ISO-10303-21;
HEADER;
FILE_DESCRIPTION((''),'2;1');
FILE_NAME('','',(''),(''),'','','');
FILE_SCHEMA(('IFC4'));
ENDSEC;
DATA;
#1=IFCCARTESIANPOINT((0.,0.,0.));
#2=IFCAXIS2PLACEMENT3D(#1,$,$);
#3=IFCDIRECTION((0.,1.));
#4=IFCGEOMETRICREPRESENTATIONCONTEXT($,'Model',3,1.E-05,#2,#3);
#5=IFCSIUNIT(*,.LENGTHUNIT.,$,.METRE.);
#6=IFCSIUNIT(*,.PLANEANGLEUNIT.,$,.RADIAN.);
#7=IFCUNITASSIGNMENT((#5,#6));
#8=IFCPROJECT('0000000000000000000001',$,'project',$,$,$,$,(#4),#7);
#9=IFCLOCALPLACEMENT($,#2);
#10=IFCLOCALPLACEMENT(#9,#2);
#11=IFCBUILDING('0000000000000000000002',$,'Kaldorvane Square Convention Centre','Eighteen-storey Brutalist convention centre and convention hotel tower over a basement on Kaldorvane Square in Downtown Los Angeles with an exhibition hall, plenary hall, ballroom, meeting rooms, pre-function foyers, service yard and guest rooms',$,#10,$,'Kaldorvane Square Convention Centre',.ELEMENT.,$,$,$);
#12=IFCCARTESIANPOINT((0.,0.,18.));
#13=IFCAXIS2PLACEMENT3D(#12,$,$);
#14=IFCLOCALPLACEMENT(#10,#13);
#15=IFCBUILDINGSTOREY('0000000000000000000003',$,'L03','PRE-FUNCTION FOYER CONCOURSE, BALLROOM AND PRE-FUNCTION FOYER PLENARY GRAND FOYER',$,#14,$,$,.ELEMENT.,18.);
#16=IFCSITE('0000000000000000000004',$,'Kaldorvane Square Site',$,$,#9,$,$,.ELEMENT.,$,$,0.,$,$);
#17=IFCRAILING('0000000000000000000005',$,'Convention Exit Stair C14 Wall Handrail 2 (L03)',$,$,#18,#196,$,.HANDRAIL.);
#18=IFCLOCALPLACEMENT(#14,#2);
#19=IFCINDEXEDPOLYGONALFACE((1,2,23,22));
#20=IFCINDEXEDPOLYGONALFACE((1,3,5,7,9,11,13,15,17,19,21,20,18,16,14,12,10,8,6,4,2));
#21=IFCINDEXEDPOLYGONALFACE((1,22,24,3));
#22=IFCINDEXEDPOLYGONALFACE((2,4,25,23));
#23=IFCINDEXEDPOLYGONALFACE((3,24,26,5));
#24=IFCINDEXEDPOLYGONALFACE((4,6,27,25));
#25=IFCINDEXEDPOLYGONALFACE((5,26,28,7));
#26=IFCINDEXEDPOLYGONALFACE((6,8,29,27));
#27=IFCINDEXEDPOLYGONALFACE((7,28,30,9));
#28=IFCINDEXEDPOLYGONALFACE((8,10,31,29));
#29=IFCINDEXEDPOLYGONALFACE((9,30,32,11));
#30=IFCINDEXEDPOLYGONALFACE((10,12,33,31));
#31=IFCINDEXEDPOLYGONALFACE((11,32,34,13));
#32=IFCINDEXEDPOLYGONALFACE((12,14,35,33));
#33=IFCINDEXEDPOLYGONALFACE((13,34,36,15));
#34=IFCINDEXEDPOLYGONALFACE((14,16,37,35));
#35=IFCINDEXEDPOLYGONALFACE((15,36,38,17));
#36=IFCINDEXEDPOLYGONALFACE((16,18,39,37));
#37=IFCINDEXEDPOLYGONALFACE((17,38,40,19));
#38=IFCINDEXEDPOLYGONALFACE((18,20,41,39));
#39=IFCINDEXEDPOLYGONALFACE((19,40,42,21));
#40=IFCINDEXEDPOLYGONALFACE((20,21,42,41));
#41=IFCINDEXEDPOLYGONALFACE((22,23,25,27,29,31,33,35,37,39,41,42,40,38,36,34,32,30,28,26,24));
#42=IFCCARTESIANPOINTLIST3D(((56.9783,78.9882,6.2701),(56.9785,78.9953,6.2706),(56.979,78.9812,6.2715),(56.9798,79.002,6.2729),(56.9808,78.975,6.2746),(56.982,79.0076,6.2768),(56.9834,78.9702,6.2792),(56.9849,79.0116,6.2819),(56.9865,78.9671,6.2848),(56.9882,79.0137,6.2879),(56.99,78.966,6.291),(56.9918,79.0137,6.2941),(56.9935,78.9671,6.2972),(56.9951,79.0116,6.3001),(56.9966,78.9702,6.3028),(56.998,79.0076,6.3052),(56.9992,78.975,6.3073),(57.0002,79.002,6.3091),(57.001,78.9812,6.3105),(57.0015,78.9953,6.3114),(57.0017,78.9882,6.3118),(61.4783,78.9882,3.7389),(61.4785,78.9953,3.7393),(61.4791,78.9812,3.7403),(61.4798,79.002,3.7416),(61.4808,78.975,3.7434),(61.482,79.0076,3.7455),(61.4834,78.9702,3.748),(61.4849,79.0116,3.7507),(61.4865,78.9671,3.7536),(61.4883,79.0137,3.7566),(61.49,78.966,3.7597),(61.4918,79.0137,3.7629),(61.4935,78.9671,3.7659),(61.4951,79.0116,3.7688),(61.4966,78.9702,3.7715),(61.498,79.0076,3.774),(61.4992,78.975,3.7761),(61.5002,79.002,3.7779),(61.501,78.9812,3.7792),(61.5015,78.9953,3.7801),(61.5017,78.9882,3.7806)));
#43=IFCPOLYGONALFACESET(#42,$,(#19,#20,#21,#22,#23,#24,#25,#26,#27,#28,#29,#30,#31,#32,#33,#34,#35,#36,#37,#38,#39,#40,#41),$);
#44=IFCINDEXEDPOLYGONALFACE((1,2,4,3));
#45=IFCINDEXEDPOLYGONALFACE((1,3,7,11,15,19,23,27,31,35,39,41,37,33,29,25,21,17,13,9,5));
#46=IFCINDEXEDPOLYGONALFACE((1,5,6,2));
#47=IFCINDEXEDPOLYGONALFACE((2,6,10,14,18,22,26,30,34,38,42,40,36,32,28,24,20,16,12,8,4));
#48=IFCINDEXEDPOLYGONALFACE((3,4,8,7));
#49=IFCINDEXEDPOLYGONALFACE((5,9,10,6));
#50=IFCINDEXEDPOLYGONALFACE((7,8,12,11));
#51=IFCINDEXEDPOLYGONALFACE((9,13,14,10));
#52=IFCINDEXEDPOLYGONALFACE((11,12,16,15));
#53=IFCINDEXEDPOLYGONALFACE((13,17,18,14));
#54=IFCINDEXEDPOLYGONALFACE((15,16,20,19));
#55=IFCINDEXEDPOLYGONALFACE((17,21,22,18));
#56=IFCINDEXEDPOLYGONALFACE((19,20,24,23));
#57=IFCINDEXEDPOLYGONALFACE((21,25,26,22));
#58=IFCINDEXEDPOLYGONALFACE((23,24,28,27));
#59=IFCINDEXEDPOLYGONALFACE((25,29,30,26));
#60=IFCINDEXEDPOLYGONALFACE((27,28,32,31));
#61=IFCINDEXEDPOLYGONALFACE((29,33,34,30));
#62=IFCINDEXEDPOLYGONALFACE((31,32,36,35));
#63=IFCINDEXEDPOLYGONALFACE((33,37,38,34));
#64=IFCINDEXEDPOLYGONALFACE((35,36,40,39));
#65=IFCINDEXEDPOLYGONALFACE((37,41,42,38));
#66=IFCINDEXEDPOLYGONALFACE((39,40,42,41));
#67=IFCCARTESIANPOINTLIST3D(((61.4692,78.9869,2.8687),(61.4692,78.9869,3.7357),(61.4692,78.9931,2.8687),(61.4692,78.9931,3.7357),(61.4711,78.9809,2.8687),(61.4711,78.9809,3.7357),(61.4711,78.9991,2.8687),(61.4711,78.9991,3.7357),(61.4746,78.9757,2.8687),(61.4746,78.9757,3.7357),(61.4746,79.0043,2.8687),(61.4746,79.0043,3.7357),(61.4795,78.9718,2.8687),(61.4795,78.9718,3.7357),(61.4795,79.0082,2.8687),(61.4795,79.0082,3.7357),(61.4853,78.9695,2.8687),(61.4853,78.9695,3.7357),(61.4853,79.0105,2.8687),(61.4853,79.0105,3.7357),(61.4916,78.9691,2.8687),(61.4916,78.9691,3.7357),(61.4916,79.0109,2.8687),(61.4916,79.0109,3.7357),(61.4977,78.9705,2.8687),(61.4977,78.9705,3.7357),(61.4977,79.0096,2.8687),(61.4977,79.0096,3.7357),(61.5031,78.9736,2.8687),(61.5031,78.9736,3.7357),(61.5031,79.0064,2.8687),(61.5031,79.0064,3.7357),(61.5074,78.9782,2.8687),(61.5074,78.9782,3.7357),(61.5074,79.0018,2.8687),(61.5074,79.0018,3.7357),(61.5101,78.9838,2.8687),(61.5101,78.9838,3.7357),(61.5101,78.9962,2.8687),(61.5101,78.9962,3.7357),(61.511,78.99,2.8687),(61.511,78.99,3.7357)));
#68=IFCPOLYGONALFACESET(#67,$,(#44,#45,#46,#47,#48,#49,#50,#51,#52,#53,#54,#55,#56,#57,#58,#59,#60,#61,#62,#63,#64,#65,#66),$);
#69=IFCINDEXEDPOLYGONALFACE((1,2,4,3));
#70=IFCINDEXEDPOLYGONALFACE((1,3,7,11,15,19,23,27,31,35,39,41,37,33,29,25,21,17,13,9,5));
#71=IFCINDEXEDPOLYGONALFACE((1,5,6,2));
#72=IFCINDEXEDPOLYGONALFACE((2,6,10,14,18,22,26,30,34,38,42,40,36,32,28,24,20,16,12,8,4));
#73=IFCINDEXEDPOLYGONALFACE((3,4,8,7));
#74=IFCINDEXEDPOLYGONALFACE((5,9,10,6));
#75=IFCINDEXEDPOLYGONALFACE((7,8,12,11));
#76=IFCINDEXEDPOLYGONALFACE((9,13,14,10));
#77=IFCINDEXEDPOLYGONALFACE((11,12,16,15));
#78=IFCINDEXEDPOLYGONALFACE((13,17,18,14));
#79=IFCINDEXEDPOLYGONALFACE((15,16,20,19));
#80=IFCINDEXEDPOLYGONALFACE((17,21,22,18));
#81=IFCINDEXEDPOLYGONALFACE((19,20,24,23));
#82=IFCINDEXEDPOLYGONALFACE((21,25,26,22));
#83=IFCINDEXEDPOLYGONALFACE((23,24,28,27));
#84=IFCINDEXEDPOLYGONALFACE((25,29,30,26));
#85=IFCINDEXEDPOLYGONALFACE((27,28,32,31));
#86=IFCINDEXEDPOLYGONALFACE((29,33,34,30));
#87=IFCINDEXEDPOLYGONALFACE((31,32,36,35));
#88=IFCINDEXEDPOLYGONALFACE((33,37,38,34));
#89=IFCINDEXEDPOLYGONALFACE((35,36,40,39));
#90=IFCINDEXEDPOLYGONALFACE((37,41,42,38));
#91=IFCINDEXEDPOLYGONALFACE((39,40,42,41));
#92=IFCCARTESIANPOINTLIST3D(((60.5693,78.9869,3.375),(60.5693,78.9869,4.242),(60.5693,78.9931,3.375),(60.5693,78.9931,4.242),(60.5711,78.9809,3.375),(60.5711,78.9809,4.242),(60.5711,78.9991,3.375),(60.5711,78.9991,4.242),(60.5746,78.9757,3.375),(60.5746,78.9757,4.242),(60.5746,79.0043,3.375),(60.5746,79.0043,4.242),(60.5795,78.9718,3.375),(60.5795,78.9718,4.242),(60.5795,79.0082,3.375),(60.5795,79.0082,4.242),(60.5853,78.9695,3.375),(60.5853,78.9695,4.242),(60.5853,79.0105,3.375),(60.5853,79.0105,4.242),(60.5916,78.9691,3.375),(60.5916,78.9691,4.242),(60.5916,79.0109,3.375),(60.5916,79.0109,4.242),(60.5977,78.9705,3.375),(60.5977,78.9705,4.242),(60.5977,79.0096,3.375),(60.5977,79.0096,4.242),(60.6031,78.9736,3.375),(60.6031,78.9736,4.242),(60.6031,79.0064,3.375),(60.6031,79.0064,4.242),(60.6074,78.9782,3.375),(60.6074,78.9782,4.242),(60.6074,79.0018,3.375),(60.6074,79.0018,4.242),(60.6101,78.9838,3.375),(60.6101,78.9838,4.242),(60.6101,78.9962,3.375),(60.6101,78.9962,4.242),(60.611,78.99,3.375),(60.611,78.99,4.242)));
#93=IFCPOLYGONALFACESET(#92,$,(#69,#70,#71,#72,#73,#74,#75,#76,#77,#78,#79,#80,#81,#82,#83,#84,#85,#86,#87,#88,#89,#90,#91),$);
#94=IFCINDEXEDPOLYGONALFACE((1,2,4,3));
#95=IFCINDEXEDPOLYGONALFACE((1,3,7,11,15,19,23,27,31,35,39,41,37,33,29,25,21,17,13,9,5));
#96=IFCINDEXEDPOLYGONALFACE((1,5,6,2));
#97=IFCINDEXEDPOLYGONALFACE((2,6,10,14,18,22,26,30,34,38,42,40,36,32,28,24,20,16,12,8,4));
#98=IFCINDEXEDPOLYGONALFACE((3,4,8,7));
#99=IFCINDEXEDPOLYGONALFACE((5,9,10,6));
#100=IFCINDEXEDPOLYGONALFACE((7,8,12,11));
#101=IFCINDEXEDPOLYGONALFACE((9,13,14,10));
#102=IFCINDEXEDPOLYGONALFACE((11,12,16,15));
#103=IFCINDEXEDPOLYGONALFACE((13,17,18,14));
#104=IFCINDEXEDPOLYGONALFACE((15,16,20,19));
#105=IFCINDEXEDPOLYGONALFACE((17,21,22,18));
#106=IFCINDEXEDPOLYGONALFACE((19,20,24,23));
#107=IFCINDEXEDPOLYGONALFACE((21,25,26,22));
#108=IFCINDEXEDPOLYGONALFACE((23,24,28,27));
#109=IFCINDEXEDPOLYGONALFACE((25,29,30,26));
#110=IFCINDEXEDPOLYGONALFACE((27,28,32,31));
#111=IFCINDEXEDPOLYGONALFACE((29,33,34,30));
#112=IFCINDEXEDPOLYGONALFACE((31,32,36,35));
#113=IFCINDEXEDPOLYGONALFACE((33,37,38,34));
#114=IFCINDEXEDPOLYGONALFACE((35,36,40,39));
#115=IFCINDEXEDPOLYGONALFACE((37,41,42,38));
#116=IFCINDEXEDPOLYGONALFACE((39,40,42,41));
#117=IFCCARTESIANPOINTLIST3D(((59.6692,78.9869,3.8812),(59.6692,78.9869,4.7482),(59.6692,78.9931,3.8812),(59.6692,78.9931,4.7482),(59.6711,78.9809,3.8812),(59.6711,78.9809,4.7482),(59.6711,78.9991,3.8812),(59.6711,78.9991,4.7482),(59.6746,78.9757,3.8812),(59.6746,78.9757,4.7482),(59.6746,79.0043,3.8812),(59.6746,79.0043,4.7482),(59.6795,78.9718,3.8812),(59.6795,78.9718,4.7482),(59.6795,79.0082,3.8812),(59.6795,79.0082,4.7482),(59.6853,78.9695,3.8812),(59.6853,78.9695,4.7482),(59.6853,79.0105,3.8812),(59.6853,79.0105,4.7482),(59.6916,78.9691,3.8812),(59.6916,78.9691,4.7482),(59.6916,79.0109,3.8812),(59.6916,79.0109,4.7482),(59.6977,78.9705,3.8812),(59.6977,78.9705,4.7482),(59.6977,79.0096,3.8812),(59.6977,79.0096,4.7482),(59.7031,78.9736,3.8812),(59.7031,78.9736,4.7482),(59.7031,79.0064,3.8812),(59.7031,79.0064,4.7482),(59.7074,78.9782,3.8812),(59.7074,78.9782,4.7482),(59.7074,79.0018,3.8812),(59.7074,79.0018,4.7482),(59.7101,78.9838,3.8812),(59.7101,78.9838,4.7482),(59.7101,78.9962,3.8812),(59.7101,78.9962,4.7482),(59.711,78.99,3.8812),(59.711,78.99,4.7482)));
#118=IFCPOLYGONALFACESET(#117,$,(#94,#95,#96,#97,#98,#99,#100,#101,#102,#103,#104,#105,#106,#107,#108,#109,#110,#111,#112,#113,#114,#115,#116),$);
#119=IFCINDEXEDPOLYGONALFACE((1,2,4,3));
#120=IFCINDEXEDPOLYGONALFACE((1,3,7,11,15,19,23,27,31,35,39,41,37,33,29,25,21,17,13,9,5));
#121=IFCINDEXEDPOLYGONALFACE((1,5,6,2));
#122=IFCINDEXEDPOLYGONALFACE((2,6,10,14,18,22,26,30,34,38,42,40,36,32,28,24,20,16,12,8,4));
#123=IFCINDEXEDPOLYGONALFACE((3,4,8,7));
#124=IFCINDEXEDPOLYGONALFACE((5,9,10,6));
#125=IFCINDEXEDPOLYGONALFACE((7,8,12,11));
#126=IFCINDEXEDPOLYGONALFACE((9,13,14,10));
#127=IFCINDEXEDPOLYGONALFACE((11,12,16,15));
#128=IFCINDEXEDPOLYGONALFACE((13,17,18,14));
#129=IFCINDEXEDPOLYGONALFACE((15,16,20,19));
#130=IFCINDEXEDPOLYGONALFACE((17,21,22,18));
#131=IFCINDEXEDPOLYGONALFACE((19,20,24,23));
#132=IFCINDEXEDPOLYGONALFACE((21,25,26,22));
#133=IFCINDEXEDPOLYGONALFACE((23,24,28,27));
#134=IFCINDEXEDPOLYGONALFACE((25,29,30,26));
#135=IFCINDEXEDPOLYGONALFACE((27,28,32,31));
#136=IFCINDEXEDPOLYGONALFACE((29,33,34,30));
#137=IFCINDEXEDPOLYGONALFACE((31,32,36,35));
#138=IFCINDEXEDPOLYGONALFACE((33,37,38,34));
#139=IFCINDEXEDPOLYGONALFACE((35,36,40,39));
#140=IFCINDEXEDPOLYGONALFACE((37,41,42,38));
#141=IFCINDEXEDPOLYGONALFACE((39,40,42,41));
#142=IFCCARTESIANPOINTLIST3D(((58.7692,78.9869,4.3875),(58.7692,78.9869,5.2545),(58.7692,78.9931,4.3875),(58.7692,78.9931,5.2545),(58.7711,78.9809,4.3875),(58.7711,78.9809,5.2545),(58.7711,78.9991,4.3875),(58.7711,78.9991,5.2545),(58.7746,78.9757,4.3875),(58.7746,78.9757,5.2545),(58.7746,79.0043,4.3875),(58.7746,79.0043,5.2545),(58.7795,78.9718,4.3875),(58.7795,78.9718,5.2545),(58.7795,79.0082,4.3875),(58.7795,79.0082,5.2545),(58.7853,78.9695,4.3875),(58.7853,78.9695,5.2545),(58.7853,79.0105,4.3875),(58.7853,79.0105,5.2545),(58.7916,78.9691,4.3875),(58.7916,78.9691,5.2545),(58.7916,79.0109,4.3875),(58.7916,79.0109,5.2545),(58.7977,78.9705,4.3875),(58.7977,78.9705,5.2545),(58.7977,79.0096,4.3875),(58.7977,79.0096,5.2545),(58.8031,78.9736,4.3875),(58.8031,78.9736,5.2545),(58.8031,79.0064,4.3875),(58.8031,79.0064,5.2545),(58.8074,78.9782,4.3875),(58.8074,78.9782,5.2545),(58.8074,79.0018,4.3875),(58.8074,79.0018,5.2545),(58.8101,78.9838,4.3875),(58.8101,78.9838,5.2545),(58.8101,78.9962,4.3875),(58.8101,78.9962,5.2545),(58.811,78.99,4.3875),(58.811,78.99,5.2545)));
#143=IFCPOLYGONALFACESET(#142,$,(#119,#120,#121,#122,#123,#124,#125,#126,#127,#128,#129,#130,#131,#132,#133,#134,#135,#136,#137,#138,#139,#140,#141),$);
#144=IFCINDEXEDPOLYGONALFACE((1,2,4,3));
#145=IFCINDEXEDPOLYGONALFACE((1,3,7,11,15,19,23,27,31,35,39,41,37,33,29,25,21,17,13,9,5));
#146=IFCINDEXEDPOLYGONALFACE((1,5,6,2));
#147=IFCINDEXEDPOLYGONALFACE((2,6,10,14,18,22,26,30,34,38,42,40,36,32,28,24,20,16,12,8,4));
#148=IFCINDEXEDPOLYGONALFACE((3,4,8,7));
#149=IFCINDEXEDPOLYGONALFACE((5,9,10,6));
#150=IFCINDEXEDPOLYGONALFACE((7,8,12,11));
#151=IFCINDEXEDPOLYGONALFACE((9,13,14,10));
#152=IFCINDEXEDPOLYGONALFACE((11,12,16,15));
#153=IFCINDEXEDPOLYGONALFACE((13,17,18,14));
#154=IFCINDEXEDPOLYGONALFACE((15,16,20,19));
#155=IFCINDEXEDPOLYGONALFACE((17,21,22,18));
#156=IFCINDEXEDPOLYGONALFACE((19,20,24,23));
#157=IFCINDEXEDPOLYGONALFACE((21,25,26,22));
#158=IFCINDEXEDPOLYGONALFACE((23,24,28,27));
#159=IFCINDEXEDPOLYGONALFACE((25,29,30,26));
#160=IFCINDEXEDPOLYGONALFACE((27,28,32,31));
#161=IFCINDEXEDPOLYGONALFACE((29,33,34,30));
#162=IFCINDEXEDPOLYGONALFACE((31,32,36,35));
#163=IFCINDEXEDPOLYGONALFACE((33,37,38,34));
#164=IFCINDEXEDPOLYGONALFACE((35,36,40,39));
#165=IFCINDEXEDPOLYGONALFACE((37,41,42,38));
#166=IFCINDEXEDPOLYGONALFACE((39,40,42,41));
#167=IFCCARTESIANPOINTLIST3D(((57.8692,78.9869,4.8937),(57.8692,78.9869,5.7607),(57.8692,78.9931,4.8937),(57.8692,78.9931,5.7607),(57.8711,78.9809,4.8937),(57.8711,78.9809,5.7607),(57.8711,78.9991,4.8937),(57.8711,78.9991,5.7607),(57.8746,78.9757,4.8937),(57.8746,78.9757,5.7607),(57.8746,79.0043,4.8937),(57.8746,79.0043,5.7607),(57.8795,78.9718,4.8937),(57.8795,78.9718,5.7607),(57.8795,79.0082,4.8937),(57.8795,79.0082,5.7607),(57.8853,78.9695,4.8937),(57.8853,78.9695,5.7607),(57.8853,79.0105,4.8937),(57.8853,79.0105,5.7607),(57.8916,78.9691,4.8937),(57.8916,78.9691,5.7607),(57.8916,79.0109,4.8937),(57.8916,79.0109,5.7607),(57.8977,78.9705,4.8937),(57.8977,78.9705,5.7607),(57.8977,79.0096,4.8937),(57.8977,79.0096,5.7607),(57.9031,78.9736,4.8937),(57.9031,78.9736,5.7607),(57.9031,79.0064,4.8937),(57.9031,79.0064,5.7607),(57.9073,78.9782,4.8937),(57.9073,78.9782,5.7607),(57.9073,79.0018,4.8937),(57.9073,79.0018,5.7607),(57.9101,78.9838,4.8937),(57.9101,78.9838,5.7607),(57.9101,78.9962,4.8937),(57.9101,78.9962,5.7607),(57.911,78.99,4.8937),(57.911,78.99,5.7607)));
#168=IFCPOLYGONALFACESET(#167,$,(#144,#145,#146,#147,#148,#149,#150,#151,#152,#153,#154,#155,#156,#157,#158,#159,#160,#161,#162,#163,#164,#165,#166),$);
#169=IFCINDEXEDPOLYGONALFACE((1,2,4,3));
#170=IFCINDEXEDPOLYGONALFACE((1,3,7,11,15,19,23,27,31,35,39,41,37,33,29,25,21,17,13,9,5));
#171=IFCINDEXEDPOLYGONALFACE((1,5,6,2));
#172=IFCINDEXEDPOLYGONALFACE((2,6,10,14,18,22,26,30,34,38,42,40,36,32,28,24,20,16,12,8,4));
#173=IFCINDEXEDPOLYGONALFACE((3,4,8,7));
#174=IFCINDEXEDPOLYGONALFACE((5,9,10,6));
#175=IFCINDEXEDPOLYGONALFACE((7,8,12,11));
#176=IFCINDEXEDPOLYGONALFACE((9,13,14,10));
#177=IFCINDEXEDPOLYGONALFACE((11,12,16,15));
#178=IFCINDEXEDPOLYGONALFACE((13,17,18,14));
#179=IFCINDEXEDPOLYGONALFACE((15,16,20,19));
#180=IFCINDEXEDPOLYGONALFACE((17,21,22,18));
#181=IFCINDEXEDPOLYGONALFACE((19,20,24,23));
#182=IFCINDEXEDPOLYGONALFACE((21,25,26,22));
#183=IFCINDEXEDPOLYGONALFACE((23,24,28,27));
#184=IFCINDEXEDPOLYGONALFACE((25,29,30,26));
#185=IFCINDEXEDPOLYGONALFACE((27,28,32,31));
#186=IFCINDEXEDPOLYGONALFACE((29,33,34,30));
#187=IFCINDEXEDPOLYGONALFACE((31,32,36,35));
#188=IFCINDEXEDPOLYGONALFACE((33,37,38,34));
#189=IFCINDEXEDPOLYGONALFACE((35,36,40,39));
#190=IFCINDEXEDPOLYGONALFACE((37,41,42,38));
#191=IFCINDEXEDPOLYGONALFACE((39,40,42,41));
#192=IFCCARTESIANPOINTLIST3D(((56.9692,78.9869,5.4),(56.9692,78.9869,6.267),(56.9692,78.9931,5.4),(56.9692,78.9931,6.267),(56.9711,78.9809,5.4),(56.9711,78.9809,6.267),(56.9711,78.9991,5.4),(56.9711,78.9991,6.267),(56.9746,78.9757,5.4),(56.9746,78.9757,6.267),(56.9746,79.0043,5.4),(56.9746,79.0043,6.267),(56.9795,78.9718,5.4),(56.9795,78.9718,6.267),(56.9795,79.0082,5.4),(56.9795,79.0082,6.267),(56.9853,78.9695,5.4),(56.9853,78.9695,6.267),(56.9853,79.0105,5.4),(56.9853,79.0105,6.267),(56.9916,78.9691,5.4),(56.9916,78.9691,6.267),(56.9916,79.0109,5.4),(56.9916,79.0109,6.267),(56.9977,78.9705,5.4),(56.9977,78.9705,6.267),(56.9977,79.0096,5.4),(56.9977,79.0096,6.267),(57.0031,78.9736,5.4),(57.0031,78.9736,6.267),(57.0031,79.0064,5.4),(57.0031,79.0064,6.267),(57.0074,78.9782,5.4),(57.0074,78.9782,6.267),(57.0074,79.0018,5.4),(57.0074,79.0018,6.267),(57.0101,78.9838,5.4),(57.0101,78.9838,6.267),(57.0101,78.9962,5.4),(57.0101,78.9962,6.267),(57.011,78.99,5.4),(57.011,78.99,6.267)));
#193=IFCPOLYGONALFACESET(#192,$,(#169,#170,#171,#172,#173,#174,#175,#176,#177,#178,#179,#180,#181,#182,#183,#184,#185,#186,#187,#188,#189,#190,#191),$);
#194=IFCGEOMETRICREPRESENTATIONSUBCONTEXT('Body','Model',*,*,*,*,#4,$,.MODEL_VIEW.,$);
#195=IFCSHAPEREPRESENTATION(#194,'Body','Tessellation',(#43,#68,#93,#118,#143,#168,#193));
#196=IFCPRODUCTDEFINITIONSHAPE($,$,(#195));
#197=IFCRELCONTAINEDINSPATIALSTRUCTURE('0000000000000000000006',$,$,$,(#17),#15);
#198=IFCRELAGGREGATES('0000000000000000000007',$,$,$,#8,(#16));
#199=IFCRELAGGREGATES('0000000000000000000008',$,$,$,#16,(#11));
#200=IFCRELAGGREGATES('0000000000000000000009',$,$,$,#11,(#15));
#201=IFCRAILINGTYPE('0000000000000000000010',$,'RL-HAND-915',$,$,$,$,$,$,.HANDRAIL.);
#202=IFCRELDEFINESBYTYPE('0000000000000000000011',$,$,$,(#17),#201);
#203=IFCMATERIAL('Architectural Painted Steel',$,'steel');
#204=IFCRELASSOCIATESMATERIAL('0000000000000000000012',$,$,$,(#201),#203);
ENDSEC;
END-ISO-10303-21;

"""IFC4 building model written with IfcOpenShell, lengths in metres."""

from ifc_helpers import new_model, si_unit, direction, frame, origin, origin_2d, place, context, subcontext, project, spatial, circle, extrude, material, type_object, element, save


model = new_model("IFC4")

# Units and contexts
model_context = context("Model", 3, precision=1e-05, world=origin(), true_north=direction((0.0, 1.0)))
body_context = subcontext(model_context, "Body", "Model", "MODEL_VIEW")
ifc_project = project(units=[si_unit("LENGTHUNIT", "METRE"), si_unit("PLANEANGLEUNIT", "RADIAN")], contexts=[model_context])

# Site, building, storey
site_placement = place(None, origin())
site = spatial("IfcSite", under=ifc_project, at=site_placement, Name="Kaldorvane Square Site", CompositionType="ELEMENT", RefElevation=0.0)
building_placement = place(site_placement, origin())
building = spatial("IfcBuilding", under=site, at=building_placement, Name="Kaldorvane Square Convention Centre", Description="Eighteen-storey Brutalist convention centre and convention hotel tower over a basement on Kaldorvane Square in Downtown Los Angeles with an exhibition hall, plenary hall, ballroom, meeting rooms, pre-function foyers, service yard and guest rooms", LongName="Kaldorvane Square Convention Centre", CompositionType="ELEMENT")
storey_placement = place(building_placement, frame((0.0, 0.0, 18.0)))
storey = spatial("IfcBuildingStorey", under=building, at=storey_placement, Name="L03", Description="PRE-FUNCTION FOYER CONCOURSE, BALLROOM AND PRE-FUNCTION FOYER PLENARY GRAND FOYER", CompositionType="ELEMENT", Elevation=18.0)

# Railing
ifc_material_1 = material(Name="Architectural Painted Steel", Category="steel")
railing_type_1 = type_object("IfcRailingType", Name="RL-HAND-915", PredefinedType="HANDRAIL", material=ifc_material_1)
railing_1_placement = place(storey_placement, frame((61.49, 78.99, 2.8687)))
element("IfcRailing", 1, at=railing_1_placement, inside=storey, type_object=railing_type_1, Name="Convention Exit Stair C14 Wall Handrail 2 (L03)", PredefinedType="HANDRAIL", context=body_context, shape_type="SweptSolid", body=[
    extrude(circle(Radius=0.024, at=origin_2d()), frame((0.0, 0.0, 0.891), z_axis=(-0.871576, 0.0, 0.490261), x_axis=(0.0, -1.0, 0.0)), (0.0, 0.0, 1.0), 5.1631),
    extrude(circle(Radius=0.021, at=origin_2d()), origin(), (0.0, 0.0, 1.0), 0.867),
    extrude(circle(Radius=0.021, at=origin_2d()), frame((-0.9, 0.0, 0.5063)), (0.0, 0.0, 1.0), 0.867),
    extrude(circle(Radius=0.021, at=origin_2d()), frame((-1.8, 0.0, 1.0125)), (0.0, 0.0, 1.0), 0.867),
    extrude(circle(Radius=0.021, at=origin_2d()), frame((-2.7, 0.0, 1.5188)), (0.0, 0.0, 1.0), 0.867),
    extrude(circle(Radius=0.021, at=origin_2d()), frame((-3.6, 0.0, 2.025)), (0.0, 0.0, 1.0), 0.867),
    extrude(circle(Radius=0.021, at=origin_2d()), frame((-4.5, 0.0, 2.5312)), (0.0, 0.0, 1.0), 0.867),
])

save(model, "model.ifc")
